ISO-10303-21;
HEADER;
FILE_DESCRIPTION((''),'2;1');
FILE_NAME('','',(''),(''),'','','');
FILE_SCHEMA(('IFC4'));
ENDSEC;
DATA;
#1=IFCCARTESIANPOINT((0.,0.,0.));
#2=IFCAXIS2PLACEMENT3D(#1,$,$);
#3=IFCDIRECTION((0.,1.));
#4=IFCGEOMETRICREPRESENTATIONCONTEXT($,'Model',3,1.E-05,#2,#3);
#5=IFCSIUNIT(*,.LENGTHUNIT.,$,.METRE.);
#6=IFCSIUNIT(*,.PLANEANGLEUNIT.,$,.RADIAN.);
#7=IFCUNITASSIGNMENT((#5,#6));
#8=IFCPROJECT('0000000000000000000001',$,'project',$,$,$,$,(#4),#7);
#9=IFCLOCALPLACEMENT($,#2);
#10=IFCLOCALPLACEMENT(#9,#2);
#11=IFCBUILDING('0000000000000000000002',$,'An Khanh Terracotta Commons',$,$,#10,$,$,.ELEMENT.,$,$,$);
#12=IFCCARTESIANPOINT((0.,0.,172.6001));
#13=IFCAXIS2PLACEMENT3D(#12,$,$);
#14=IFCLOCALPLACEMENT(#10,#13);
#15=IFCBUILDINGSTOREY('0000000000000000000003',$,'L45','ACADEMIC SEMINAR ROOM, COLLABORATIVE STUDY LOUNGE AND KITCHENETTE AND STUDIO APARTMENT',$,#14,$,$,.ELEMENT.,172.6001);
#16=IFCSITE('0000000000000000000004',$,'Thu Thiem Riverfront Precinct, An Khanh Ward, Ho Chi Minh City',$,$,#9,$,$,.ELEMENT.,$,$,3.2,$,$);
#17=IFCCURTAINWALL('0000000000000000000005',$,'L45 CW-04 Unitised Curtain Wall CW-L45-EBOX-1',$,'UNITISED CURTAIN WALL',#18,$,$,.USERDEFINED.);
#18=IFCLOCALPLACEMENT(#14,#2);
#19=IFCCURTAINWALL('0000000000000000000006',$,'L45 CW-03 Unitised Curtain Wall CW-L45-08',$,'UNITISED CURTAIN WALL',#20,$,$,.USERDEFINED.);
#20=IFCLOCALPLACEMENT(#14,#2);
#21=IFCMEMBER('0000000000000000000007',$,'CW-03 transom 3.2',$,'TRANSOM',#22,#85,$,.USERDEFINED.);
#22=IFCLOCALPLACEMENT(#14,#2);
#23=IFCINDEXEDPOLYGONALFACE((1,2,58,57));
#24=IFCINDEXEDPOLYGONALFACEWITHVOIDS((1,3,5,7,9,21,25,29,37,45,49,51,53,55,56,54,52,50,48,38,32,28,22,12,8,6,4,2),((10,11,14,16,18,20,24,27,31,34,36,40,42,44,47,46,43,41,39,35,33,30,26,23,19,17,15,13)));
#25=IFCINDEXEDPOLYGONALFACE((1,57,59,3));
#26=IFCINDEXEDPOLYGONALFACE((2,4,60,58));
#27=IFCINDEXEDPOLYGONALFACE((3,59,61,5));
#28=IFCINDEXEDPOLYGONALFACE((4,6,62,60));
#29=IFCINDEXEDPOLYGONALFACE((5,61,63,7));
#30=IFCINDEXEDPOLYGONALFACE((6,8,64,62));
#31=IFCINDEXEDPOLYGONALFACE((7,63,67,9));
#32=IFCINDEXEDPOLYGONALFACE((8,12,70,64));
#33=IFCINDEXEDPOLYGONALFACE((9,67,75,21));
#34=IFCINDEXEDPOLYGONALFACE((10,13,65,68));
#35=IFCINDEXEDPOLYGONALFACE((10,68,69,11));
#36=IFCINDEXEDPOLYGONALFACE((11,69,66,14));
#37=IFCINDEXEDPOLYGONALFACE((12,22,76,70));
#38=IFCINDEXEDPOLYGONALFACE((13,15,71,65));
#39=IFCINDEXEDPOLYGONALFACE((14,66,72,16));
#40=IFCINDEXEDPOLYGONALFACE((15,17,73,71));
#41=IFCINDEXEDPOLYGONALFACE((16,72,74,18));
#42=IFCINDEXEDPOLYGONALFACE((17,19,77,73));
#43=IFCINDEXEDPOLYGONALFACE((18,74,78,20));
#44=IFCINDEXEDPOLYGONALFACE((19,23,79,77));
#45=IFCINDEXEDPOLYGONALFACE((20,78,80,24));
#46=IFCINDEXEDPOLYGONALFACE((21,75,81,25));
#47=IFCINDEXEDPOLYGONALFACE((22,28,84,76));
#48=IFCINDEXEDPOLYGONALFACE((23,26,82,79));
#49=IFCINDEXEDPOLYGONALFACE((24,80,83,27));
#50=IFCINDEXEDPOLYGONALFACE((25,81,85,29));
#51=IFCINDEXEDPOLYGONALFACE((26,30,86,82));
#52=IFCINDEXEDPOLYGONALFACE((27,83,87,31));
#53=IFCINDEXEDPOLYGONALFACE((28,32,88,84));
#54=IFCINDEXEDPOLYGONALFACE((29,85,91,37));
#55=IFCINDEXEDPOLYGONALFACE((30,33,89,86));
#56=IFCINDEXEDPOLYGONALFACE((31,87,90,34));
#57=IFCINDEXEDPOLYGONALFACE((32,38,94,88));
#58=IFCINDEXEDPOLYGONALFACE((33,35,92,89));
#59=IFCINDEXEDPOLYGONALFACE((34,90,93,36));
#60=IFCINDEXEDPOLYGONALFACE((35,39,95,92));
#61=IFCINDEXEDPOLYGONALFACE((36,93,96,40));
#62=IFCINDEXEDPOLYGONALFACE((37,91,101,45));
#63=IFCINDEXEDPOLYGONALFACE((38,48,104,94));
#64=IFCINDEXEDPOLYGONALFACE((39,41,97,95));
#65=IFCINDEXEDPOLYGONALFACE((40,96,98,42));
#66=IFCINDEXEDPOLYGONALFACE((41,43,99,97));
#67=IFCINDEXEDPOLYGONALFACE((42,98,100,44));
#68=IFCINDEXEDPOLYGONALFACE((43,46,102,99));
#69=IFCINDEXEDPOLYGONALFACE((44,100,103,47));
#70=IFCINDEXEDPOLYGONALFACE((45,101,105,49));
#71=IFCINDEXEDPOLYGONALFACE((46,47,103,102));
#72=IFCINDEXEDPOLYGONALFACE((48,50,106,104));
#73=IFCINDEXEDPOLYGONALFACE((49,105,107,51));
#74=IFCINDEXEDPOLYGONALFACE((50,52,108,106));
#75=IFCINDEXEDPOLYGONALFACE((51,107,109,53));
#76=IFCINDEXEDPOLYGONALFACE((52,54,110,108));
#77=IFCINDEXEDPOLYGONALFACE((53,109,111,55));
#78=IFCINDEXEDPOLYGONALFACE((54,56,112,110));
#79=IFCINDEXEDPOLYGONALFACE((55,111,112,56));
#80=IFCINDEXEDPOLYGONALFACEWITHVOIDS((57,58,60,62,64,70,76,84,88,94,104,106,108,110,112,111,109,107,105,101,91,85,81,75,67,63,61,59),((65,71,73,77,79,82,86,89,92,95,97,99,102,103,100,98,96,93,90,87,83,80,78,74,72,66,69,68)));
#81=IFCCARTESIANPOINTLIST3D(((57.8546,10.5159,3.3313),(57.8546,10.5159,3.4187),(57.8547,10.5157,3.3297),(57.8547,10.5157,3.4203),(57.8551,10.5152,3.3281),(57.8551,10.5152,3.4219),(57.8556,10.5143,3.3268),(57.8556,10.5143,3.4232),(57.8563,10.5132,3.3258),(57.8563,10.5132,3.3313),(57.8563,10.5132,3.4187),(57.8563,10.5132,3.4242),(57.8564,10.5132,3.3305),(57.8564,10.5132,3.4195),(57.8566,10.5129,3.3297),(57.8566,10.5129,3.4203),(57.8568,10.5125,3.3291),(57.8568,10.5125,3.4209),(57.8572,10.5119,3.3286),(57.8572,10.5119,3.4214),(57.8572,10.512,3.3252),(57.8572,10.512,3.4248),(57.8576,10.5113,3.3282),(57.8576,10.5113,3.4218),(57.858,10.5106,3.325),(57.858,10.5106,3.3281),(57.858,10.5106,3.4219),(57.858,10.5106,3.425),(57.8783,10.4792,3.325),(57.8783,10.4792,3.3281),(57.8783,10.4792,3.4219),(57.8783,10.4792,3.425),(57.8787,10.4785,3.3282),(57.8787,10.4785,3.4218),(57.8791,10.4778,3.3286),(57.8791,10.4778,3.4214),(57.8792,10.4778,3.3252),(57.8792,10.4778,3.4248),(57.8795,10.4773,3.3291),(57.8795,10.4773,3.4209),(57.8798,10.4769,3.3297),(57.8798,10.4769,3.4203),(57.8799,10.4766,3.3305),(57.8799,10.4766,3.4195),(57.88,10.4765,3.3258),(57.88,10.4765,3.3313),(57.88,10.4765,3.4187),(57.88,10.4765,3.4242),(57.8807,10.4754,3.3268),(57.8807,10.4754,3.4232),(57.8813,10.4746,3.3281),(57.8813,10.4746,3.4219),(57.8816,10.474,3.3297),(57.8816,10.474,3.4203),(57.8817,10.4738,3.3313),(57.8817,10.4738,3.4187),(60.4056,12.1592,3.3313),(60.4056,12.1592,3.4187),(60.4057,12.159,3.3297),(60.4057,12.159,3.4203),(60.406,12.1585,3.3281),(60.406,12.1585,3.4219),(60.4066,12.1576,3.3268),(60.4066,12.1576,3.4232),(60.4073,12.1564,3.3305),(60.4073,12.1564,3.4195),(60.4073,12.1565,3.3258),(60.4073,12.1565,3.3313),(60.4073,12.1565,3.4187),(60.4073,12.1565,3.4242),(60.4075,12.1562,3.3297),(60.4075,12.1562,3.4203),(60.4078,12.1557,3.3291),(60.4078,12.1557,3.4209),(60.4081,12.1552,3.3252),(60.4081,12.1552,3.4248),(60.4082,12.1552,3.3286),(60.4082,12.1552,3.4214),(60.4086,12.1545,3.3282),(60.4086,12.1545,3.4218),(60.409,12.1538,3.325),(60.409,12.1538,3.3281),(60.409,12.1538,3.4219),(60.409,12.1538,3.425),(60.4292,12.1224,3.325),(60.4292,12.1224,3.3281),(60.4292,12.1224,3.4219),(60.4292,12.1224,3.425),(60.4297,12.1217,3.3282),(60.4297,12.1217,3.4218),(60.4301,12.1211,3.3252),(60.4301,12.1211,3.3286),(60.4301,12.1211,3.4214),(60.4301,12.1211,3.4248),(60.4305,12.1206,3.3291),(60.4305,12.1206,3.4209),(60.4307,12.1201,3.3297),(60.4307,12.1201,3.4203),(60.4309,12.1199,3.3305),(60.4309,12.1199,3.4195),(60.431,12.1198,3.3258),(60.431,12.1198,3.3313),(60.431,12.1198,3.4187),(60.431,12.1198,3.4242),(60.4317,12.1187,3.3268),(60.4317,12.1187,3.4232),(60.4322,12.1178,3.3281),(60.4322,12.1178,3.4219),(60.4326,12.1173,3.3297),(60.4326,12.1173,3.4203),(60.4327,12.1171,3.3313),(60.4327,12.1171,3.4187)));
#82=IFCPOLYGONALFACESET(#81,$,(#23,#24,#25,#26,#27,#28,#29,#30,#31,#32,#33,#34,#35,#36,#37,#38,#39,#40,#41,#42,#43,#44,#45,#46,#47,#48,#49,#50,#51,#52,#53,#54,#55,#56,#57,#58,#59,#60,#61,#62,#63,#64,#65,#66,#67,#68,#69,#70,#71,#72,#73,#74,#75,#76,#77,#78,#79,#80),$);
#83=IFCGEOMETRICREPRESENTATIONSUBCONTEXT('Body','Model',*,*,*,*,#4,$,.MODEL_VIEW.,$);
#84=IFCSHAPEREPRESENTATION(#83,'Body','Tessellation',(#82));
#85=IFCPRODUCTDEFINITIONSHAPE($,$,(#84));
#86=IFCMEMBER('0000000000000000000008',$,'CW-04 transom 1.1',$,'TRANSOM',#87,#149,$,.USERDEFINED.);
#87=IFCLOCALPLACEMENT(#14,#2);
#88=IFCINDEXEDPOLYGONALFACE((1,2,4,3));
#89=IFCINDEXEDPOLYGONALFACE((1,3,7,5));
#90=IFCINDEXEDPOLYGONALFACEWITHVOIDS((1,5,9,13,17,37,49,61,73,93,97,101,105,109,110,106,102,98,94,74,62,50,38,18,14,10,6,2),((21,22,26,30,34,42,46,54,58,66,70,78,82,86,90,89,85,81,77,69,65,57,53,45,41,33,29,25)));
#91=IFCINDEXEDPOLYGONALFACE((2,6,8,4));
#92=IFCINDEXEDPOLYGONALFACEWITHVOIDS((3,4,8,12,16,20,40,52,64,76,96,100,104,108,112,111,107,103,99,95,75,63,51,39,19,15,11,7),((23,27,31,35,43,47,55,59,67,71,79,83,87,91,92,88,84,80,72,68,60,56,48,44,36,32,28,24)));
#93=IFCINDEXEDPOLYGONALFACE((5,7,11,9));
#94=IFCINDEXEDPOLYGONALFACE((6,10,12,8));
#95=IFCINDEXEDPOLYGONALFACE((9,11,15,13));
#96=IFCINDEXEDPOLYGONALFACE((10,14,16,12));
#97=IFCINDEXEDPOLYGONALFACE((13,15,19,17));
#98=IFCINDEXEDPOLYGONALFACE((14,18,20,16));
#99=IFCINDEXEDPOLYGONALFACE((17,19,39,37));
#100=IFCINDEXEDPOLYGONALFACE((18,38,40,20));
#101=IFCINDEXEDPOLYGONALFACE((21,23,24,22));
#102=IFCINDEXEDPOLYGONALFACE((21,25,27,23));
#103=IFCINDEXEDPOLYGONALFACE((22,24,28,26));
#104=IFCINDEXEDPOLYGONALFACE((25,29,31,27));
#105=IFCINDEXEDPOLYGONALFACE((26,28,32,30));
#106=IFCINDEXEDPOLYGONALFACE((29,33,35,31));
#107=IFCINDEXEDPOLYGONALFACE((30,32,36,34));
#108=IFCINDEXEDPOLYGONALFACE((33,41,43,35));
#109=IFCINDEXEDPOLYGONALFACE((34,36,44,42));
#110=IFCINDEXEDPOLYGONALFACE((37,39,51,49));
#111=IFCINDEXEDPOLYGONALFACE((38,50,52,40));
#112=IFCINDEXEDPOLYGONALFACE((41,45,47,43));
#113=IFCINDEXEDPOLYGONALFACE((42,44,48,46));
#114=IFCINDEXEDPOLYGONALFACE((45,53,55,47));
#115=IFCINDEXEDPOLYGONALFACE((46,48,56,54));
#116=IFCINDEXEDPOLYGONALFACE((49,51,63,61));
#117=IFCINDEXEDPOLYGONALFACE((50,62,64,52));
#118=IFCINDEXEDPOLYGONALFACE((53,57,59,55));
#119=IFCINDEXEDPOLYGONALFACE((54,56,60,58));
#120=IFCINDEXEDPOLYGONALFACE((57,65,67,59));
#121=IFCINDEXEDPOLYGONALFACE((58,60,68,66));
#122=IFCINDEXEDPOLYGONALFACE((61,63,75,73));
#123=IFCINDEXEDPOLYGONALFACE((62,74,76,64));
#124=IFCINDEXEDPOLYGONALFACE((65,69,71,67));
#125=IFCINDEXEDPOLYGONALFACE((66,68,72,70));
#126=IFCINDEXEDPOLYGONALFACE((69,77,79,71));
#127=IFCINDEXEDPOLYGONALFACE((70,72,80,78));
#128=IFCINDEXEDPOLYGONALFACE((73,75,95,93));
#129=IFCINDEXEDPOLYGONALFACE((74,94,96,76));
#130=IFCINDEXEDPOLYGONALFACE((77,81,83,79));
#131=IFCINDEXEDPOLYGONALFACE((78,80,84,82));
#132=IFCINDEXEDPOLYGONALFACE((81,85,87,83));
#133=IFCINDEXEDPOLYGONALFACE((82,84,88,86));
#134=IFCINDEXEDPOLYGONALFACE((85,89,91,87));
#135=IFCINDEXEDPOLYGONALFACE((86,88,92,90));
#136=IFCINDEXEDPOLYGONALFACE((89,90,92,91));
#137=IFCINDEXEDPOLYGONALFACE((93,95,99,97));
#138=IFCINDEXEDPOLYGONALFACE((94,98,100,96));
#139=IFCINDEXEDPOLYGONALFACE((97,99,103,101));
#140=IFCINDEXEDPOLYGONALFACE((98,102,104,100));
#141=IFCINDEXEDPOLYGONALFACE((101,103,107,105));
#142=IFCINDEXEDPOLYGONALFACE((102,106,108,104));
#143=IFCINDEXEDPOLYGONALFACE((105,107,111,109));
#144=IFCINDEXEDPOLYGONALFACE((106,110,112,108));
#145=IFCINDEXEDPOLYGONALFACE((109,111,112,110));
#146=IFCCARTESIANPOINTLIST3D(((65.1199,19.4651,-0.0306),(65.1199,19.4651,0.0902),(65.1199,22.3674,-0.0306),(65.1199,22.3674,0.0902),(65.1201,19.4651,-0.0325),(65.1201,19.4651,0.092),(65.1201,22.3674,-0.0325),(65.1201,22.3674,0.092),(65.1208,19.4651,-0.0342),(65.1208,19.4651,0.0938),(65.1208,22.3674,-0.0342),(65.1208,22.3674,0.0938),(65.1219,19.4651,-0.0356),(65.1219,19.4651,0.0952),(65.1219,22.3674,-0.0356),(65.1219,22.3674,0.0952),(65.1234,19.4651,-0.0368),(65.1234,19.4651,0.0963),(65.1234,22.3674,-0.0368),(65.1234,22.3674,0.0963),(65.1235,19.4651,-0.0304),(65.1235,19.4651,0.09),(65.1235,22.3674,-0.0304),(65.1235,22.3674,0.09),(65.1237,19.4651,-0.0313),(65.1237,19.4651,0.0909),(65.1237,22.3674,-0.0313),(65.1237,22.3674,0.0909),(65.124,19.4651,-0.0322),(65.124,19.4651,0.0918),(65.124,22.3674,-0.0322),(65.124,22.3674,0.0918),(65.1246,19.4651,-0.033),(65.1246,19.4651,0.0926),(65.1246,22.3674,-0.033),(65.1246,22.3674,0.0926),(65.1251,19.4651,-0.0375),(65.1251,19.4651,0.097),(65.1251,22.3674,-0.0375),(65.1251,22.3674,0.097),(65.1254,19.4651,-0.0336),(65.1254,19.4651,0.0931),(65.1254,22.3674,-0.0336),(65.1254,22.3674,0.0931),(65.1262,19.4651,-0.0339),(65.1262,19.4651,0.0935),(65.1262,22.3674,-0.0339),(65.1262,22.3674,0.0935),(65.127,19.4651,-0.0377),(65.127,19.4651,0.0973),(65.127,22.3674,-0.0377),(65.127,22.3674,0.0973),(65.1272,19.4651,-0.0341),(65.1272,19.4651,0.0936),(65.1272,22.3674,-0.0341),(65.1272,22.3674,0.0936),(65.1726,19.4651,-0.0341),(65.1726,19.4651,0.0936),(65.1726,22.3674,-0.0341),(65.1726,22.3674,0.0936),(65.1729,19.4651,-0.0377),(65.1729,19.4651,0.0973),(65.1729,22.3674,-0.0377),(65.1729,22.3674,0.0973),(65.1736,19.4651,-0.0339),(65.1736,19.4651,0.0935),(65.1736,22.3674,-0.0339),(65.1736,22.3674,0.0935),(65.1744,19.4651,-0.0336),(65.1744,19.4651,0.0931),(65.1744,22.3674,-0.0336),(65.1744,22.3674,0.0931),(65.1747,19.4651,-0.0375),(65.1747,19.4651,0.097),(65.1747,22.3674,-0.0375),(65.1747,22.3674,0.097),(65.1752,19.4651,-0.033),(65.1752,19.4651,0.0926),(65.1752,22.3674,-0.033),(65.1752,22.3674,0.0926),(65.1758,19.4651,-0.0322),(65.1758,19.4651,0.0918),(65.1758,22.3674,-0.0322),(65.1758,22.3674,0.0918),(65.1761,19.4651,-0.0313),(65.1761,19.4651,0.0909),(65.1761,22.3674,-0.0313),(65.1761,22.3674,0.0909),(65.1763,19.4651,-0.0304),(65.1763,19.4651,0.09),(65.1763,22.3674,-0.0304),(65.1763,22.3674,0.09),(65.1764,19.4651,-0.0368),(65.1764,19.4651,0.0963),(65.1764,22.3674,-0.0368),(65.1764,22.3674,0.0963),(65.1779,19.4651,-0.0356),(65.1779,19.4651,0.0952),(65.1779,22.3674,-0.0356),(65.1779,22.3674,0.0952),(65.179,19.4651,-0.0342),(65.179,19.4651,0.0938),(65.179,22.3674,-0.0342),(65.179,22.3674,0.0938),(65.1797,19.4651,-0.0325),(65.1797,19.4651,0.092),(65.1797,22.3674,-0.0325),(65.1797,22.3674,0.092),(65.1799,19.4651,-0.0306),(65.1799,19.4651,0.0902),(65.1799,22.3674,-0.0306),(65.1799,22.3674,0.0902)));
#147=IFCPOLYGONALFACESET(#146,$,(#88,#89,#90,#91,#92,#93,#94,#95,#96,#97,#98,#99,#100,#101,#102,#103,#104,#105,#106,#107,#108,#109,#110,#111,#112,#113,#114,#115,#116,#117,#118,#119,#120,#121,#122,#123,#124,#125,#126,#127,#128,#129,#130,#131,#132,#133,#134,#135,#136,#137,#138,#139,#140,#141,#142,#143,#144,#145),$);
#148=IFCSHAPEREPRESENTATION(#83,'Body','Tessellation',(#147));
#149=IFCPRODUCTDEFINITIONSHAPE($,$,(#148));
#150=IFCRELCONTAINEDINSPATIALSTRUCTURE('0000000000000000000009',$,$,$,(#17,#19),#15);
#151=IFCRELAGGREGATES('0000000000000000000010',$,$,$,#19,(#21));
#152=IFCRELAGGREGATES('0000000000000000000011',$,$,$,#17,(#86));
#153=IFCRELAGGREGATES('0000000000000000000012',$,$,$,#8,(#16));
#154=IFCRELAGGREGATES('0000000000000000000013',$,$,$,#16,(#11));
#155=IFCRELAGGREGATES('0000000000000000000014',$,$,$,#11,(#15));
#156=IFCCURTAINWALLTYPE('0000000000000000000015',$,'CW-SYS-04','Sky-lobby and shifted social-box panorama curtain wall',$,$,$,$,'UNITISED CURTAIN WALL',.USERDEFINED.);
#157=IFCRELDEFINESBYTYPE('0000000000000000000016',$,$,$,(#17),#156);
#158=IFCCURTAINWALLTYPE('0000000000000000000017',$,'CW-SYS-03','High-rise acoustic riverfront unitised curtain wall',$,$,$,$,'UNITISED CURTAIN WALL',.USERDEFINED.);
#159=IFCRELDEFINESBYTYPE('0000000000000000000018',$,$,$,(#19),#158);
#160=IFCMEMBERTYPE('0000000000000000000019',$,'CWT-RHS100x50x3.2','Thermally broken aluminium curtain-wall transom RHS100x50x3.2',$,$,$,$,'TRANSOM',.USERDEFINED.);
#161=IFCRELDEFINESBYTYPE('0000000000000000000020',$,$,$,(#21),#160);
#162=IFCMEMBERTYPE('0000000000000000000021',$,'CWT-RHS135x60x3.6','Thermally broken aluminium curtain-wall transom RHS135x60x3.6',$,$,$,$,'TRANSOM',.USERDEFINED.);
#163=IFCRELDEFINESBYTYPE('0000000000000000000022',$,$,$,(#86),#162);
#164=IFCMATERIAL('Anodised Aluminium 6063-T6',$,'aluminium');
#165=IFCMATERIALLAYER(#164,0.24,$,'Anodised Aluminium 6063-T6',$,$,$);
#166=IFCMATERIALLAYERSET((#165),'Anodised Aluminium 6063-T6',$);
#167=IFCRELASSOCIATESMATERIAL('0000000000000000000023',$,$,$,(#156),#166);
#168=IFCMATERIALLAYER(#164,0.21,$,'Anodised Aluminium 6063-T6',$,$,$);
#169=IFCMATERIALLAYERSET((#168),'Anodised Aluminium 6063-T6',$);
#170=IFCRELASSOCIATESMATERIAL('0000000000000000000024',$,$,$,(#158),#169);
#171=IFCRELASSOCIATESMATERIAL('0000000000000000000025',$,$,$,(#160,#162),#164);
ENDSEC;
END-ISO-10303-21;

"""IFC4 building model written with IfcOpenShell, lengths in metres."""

from ifc_helpers import new_model, si_unit, direction, frame, origin, origin_2d, place, context, subcontext, project, spatial, hollow_rectangle, extrude, material, layer, layer_set, material_profile, profile_set, type_object, element, aggregate, save


model = new_model("IFC4")

# Units and contexts
model_context = context("Model", 3, precision=1e-05, world=origin(), true_north=direction((0.0, 1.0)))
body_context = subcontext(model_context, "Body", "Model", "MODEL_VIEW")
ifc_project = project(units=[si_unit("LENGTHUNIT", "METRE"), si_unit("PLANEANGLEUNIT", "RADIAN")], contexts=[model_context])

# Site, building, storey
site_placement = place(None, origin())
site = spatial("IfcSite", under=ifc_project, at=site_placement, Name="Thu Thiem Riverfront Precinct, An Khanh Ward, Ho Chi Minh City", CompositionType="ELEMENT", RefElevation=3.2)
building_placement = place(site_placement, origin())
building = spatial("IfcBuilding", under=site, at=building_placement, Name="An Khanh Terracotta Commons", CompositionType="ELEMENT")
storey_placement = place(building_placement, frame((0.0, 0.0, 172.6001)))
storey = spatial("IfcBuildingStorey", under=building, at=storey_placement, Name="L45", Description="ACADEMIC SEMINAR ROOM, COLLABORATIVE STUDY LOUNGE AND KITCHENETTE AND STUDIO APARTMENT", CompositionType="ELEMENT", Elevation=172.6001)

# Curtain walls, member
ifc_material_1 = material(Name="Anodised Aluminium 6063-T6", Category="aluminium")
ifc_layer_1 = layer(ifc_material_1, 0.24, Name="Anodised Aluminium 6063-T6")
ifc_layer_set_1 = layer_set([ifc_layer_1], Name="Anodised Aluminium 6063-T6")
curtain_wall_type_1 = type_object("IfcCurtainWallType", Name="CW-SYS-04", Description="Sky-lobby and shifted social-box panorama curtain wall", ElementType="UNITISED CURTAIN WALL", PredefinedType="USERDEFINED", material=ifc_layer_set_1)
curtain_wall_1_placement = place(storey_placement, origin())
curtain_wall_1 = element("IfcCurtainWall", 1, at=curtain_wall_1_placement, inside=storey, type_object=curtain_wall_type_1, Name="L45 CW-04 Unitised Curtain Wall CW-L45-EBOX-1", ObjectType="UNITISED CURTAIN WALL", PredefinedType="USERDEFINED")
ifc_layer_2 = layer(ifc_material_1, 0.21, Name="Anodised Aluminium 6063-T6")
ifc_layer_set_2 = layer_set([ifc_layer_2], Name="Anodised Aluminium 6063-T6")
curtain_wall_type_2 = type_object("IfcCurtainWallType", Name="CW-SYS-03", Description="High-rise acoustic riverfront unitised curtain wall", ElementType="UNITISED CURTAIN WALL", PredefinedType="USERDEFINED", material=ifc_layer_set_2)
curtain_wall_2_placement = place(storey_placement, origin())
curtain_wall_2 = element("IfcCurtainWall", 2, at=curtain_wall_2_placement, inside=storey, type_object=curtain_wall_type_2, Name="L45 CW-03 Unitised Curtain Wall CW-L45-08", ObjectType="UNITISED CURTAIN WALL", PredefinedType="USERDEFINED")
ifc_material_profile_1 = material_profile(ifc_material_1, hollow_rectangle(XDim=0.05, YDim=0.1001, WallThickness=0.0032, InnerFilletRadius=0.0032, OuterFilletRadius=0.0063, at=origin_2d()), Name="RHS100x50x3.2")
ifc_profile_set_1 = profile_set([ifc_material_profile_1], Name="Anodised Aluminium 6063-T6")
member_type_1 = type_object("IfcMemberType", Name="CWT-RHS100x50x3.2", Description="Thermally broken aluminium curtain-wall transom RHS100x50x3.2", ElementType="TRANSOM", PredefinedType="USERDEFINED", material=ifc_profile_set_1)
member_1_placement = place(storey_placement, frame((57.8682, 10.4949, 3.375), z_axis=(0.840674, 0.541542, 0.0), x_axis=(-0.541542, 0.840674, 0.0)))
member_1 = element("IfcMember", 3, at=member_1_placement, type_object=member_type_1, Name="CW-03 transom 3.2", ObjectType="TRANSOM", PredefinedType="USERDEFINED", context=body_context, shape_type="SweptSolid", body=[
    extrude(hollow_rectangle(XDim=0.05, YDim=0.1001, WallThickness=0.0032, InnerFilletRadius=0.0032, OuterFilletRadius=0.0063, at=origin_2d()), origin(), (0.0, 0.0, 1.0), 3.0344),
])

# Member
ifc_material_profile_2 = material_profile(ifc_material_1, hollow_rectangle(XDim=0.0601, YDim=0.135, WallThickness=0.0037, InnerFilletRadius=0.0037, OuterFilletRadius=0.0071, at=origin_2d()), Name="RHS135x60x3.6")
ifc_profile_set_2 = profile_set([ifc_material_profile_2], Name="Anodised Aluminium 6063-T6")
member_type_2 = type_object("IfcMemberType", Name="CWT-RHS135x60x3.6", Description="Thermally broken aluminium curtain-wall transom RHS135x60x3.6", ElementType="TRANSOM", PredefinedType="USERDEFINED", material=ifc_profile_set_2)
member_2_placement = place(storey_placement, frame((65.1499, 19.4651, 0.0298), z_axis=(0.0, 1.0, 0.0), x_axis=(-1.0, 0.0, 0.0)))
member_2 = element("IfcMember", 4, at=member_2_placement, type_object=member_type_2, Name="CW-04 transom 1.1", ObjectType="TRANSOM", PredefinedType="USERDEFINED", context=body_context, shape_type="SweptSolid", body=[
    extrude(hollow_rectangle(XDim=0.0601, YDim=0.135, WallThickness=0.0037, InnerFilletRadius=0.0037, OuterFilletRadius=0.0071, at=origin_2d()), origin(), (0.0, 0.0, 1.0), 2.9023),
])

aggregate(curtain_wall_2, [member_1])
aggregate(curtain_wall_1, [member_2])

save(model, "model.ifc")
